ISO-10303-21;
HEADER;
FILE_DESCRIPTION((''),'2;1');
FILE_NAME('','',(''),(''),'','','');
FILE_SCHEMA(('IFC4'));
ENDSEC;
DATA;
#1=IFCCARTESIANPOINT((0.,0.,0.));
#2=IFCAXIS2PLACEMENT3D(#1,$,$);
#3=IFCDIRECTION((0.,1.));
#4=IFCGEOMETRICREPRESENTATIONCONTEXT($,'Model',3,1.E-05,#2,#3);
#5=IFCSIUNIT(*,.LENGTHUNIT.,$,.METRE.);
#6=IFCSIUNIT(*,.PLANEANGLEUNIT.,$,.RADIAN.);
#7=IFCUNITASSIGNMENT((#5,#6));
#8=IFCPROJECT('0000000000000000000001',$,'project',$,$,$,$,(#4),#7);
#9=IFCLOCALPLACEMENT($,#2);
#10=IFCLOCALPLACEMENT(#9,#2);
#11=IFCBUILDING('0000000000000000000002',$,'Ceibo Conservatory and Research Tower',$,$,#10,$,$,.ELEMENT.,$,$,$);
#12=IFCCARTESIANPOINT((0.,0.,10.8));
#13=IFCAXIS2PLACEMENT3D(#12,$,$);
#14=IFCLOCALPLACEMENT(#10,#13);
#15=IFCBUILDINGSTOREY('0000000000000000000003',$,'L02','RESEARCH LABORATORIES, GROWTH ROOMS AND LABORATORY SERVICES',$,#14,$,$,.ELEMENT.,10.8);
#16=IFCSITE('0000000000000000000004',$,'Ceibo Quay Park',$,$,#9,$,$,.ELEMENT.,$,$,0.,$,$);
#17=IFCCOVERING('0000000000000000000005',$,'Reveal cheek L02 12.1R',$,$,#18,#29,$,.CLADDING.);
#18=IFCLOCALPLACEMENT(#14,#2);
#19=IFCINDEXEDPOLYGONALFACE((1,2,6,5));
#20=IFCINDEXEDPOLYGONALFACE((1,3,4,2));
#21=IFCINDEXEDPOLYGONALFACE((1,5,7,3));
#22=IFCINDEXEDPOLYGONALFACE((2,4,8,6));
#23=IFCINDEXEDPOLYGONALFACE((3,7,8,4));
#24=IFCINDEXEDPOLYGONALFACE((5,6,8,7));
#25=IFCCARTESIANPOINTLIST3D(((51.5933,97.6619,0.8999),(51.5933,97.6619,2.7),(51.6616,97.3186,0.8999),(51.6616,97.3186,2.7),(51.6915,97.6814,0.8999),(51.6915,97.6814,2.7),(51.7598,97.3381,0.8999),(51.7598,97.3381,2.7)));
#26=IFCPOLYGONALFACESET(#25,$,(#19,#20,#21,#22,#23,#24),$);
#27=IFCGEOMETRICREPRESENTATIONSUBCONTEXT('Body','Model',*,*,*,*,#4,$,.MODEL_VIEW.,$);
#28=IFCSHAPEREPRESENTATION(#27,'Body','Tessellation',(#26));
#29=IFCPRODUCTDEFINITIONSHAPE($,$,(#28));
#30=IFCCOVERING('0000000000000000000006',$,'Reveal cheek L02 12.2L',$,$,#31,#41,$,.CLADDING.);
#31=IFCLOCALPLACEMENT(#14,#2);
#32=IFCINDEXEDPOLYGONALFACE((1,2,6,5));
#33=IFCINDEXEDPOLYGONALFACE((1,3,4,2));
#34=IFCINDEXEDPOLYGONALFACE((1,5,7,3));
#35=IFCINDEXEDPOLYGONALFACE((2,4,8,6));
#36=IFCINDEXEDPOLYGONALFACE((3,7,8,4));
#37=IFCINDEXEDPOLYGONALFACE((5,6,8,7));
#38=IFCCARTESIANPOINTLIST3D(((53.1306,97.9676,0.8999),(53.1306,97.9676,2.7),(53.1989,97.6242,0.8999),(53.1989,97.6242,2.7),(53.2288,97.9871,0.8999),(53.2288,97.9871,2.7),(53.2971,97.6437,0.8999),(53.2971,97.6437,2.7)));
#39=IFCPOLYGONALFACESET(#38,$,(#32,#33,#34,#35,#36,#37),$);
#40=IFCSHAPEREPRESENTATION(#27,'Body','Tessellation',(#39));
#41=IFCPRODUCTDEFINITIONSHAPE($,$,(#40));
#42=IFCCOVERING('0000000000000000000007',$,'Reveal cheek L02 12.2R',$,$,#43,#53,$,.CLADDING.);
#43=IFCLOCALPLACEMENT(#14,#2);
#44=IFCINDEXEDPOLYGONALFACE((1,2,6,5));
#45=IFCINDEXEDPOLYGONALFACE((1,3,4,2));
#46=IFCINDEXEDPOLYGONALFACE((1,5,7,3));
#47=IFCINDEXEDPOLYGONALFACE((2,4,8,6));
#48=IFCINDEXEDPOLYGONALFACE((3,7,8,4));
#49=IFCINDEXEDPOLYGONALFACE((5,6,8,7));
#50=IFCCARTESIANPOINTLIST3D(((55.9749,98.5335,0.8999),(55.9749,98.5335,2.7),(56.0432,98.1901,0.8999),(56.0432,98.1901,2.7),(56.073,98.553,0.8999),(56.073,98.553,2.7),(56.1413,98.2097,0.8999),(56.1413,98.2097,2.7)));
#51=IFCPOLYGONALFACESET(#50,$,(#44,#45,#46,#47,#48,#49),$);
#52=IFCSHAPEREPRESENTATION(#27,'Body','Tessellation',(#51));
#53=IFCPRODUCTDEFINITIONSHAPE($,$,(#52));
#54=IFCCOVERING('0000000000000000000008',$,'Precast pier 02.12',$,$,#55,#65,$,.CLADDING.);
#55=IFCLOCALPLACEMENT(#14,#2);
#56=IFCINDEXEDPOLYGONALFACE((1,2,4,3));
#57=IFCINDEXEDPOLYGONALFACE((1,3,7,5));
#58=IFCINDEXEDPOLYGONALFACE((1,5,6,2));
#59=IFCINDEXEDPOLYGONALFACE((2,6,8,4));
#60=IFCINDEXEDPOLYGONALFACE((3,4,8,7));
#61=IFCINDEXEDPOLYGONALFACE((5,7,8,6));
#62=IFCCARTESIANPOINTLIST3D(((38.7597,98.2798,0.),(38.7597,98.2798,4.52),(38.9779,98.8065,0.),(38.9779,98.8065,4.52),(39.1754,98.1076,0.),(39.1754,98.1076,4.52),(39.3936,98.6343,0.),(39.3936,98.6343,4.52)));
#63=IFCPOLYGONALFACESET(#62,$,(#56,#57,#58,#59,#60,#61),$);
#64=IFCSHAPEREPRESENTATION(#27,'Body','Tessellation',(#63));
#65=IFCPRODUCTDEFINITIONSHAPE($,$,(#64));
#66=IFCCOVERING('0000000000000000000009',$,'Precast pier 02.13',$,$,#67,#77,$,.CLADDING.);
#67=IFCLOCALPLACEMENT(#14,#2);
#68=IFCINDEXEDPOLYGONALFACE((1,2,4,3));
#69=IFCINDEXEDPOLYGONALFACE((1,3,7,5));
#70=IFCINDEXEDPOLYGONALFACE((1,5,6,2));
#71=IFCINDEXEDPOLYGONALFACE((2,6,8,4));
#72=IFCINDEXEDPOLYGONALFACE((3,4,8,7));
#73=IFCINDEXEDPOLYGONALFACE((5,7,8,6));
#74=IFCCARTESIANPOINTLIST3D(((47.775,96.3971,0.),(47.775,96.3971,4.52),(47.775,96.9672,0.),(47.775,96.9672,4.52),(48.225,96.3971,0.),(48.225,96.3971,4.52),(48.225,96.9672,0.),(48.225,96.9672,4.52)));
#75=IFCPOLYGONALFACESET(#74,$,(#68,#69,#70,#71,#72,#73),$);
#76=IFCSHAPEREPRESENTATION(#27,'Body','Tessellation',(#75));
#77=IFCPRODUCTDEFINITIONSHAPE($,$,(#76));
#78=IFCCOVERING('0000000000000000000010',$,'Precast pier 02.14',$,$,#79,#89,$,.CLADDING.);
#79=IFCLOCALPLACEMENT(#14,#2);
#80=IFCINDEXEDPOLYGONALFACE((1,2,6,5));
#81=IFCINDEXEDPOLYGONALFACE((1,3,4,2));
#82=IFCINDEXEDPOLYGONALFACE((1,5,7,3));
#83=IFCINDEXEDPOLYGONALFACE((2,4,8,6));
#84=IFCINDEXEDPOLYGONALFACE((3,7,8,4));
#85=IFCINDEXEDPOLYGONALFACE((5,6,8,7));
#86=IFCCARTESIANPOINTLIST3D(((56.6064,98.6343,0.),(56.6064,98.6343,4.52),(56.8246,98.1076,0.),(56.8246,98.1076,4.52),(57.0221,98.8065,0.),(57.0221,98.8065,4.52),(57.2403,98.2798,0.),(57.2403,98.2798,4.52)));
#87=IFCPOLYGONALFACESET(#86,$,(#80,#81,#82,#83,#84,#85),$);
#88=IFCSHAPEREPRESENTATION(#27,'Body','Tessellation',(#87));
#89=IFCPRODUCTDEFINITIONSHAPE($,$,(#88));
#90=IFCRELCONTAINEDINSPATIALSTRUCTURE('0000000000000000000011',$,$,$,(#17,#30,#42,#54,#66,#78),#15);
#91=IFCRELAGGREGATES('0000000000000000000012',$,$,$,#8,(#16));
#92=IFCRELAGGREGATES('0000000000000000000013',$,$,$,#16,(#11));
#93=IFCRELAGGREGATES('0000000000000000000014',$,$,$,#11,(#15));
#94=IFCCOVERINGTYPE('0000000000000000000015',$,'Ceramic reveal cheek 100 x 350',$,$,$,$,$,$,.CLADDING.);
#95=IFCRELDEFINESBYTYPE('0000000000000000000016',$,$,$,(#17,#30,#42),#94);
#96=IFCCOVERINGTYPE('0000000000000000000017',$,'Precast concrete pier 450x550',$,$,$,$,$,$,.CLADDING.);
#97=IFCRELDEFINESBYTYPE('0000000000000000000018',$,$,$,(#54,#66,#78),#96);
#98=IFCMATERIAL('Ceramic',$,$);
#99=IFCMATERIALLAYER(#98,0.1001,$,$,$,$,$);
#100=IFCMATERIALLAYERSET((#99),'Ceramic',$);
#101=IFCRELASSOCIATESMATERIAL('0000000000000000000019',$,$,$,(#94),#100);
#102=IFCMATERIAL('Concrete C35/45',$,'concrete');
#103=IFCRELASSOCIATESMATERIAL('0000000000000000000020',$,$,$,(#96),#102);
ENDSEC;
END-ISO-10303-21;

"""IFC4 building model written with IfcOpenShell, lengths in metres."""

from ifc_helpers import new_model, si_unit, direction, frame, origin, origin_2d, place, context, subcontext, project, spatial, rectangle, extrude, material, layer, layer_set, type_object, element, save


model = new_model("IFC4")

# Units and contexts
model_context = context("Model", 3, precision=1e-05, world=origin(), true_north=direction((0.0, 1.0)))
body_context = subcontext(model_context, "Body", "Model", "MODEL_VIEW")
ifc_project = project(units=[si_unit("LENGTHUNIT", "METRE"), si_unit("PLANEANGLEUNIT", "RADIAN")], contexts=[model_context])

# Site, building, storey
site_placement = place(None, origin())
site = spatial("IfcSite", under=ifc_project, at=site_placement, Name="Ceibo Quay Park", CompositionType="ELEMENT", RefElevation=0.0)
building_placement = place(site_placement, origin())
building = spatial("IfcBuilding", under=site, at=building_placement, Name="Ceibo Conservatory and Research Tower", CompositionType="ELEMENT")
storey_placement = place(building_placement, frame((0.0, 0.0, 10.8)))
storey = spatial("IfcBuildingStorey", under=building, at=storey_placement, Name="L02", Description="RESEARCH LABORATORIES, GROWTH ROOMS AND LABORATORY SERVICES", CompositionType="ELEMENT", Elevation=10.8)

# Shared definitions
ifc_material_1 = material(Name="Concrete C35/45", Category="concrete")

# Coverings
ifc_material_2 = material(Name="Ceramic")
ifc_layer_1 = layer(ifc_material_2, 0.1001)
ifc_layer_set_1 = layer_set([ifc_layer_1], Name="Ceramic")
covering_type_1 = type_object("IfcCoveringType", Name="Ceramic reveal cheek 100 x 350", PredefinedType="CLADDING", material=ifc_layer_set_1)
for number, where, z_axis, x_axis, name in (
    (1, (51.6765, 97.5, 0.8999), (0.0, 0.0, 1.0), (0.980785, 0.19509, 0.0), "Reveal cheek L02 12.1R"),
    (2, (53.2139, 97.8057, 0.8999), (0.0, 0.0, 1.0), (0.980785, 0.19509, 0.0), "Reveal cheek L02 12.2L"),
    (3, (56.0581, 98.3716, 0.8999), (0.0, 0.0, 1.0), (0.980785, 0.19509, 0.0), "Reveal cheek L02 12.2R"),
):
    element("IfcCovering", number, at=place(storey_placement, frame(where, z_axis=z_axis, x_axis=x_axis)), inside=storey, type_object=covering_type_1, Name=name, PredefinedType="CLADDING", context=body_context, shape_type="SweptSolid", body=[
        extrude(rectangle(XDim=0.1001, YDim=0.3501, at=origin_2d()), origin(), (0.0, 0.0, 1.0), 1.8),
    ])
covering_type_2 = type_object("IfcCoveringType", Name="Precast concrete pier 450x550", PredefinedType="CLADDING", material=ifc_material_1)
for number, where, z_axis, x_axis, name in (
    (4, (39.0767, 98.457, 0.0), (0.0, 0.0, 1.0), (-0.382683, -0.92388, 0.0), "Precast pier 02.12"),
    (5, (48.0, 96.6821, 0.0), (0.0, 0.0, 1.0), (0.0, -1.0, 0.0), "Precast pier 02.13"),
    (6, (56.9233, 98.457, 0.0), (0.0, 0.0, 1.0), (0.382683, -0.92388, 0.0), "Precast pier 02.14"),
):
    element("IfcCovering", number, at=place(storey_placement, frame(where, z_axis=z_axis, x_axis=x_axis)), inside=storey, type_object=covering_type_2, Name=name, PredefinedType="CLADDING", context=body_context, shape_type="SweptSolid", body=[
        extrude(rectangle(XDim=0.5701, YDim=0.45, at=origin_2d()), origin(), (0.0, 0.0, 1.0), 4.52),
    ])

save(model, "model.ifc")
